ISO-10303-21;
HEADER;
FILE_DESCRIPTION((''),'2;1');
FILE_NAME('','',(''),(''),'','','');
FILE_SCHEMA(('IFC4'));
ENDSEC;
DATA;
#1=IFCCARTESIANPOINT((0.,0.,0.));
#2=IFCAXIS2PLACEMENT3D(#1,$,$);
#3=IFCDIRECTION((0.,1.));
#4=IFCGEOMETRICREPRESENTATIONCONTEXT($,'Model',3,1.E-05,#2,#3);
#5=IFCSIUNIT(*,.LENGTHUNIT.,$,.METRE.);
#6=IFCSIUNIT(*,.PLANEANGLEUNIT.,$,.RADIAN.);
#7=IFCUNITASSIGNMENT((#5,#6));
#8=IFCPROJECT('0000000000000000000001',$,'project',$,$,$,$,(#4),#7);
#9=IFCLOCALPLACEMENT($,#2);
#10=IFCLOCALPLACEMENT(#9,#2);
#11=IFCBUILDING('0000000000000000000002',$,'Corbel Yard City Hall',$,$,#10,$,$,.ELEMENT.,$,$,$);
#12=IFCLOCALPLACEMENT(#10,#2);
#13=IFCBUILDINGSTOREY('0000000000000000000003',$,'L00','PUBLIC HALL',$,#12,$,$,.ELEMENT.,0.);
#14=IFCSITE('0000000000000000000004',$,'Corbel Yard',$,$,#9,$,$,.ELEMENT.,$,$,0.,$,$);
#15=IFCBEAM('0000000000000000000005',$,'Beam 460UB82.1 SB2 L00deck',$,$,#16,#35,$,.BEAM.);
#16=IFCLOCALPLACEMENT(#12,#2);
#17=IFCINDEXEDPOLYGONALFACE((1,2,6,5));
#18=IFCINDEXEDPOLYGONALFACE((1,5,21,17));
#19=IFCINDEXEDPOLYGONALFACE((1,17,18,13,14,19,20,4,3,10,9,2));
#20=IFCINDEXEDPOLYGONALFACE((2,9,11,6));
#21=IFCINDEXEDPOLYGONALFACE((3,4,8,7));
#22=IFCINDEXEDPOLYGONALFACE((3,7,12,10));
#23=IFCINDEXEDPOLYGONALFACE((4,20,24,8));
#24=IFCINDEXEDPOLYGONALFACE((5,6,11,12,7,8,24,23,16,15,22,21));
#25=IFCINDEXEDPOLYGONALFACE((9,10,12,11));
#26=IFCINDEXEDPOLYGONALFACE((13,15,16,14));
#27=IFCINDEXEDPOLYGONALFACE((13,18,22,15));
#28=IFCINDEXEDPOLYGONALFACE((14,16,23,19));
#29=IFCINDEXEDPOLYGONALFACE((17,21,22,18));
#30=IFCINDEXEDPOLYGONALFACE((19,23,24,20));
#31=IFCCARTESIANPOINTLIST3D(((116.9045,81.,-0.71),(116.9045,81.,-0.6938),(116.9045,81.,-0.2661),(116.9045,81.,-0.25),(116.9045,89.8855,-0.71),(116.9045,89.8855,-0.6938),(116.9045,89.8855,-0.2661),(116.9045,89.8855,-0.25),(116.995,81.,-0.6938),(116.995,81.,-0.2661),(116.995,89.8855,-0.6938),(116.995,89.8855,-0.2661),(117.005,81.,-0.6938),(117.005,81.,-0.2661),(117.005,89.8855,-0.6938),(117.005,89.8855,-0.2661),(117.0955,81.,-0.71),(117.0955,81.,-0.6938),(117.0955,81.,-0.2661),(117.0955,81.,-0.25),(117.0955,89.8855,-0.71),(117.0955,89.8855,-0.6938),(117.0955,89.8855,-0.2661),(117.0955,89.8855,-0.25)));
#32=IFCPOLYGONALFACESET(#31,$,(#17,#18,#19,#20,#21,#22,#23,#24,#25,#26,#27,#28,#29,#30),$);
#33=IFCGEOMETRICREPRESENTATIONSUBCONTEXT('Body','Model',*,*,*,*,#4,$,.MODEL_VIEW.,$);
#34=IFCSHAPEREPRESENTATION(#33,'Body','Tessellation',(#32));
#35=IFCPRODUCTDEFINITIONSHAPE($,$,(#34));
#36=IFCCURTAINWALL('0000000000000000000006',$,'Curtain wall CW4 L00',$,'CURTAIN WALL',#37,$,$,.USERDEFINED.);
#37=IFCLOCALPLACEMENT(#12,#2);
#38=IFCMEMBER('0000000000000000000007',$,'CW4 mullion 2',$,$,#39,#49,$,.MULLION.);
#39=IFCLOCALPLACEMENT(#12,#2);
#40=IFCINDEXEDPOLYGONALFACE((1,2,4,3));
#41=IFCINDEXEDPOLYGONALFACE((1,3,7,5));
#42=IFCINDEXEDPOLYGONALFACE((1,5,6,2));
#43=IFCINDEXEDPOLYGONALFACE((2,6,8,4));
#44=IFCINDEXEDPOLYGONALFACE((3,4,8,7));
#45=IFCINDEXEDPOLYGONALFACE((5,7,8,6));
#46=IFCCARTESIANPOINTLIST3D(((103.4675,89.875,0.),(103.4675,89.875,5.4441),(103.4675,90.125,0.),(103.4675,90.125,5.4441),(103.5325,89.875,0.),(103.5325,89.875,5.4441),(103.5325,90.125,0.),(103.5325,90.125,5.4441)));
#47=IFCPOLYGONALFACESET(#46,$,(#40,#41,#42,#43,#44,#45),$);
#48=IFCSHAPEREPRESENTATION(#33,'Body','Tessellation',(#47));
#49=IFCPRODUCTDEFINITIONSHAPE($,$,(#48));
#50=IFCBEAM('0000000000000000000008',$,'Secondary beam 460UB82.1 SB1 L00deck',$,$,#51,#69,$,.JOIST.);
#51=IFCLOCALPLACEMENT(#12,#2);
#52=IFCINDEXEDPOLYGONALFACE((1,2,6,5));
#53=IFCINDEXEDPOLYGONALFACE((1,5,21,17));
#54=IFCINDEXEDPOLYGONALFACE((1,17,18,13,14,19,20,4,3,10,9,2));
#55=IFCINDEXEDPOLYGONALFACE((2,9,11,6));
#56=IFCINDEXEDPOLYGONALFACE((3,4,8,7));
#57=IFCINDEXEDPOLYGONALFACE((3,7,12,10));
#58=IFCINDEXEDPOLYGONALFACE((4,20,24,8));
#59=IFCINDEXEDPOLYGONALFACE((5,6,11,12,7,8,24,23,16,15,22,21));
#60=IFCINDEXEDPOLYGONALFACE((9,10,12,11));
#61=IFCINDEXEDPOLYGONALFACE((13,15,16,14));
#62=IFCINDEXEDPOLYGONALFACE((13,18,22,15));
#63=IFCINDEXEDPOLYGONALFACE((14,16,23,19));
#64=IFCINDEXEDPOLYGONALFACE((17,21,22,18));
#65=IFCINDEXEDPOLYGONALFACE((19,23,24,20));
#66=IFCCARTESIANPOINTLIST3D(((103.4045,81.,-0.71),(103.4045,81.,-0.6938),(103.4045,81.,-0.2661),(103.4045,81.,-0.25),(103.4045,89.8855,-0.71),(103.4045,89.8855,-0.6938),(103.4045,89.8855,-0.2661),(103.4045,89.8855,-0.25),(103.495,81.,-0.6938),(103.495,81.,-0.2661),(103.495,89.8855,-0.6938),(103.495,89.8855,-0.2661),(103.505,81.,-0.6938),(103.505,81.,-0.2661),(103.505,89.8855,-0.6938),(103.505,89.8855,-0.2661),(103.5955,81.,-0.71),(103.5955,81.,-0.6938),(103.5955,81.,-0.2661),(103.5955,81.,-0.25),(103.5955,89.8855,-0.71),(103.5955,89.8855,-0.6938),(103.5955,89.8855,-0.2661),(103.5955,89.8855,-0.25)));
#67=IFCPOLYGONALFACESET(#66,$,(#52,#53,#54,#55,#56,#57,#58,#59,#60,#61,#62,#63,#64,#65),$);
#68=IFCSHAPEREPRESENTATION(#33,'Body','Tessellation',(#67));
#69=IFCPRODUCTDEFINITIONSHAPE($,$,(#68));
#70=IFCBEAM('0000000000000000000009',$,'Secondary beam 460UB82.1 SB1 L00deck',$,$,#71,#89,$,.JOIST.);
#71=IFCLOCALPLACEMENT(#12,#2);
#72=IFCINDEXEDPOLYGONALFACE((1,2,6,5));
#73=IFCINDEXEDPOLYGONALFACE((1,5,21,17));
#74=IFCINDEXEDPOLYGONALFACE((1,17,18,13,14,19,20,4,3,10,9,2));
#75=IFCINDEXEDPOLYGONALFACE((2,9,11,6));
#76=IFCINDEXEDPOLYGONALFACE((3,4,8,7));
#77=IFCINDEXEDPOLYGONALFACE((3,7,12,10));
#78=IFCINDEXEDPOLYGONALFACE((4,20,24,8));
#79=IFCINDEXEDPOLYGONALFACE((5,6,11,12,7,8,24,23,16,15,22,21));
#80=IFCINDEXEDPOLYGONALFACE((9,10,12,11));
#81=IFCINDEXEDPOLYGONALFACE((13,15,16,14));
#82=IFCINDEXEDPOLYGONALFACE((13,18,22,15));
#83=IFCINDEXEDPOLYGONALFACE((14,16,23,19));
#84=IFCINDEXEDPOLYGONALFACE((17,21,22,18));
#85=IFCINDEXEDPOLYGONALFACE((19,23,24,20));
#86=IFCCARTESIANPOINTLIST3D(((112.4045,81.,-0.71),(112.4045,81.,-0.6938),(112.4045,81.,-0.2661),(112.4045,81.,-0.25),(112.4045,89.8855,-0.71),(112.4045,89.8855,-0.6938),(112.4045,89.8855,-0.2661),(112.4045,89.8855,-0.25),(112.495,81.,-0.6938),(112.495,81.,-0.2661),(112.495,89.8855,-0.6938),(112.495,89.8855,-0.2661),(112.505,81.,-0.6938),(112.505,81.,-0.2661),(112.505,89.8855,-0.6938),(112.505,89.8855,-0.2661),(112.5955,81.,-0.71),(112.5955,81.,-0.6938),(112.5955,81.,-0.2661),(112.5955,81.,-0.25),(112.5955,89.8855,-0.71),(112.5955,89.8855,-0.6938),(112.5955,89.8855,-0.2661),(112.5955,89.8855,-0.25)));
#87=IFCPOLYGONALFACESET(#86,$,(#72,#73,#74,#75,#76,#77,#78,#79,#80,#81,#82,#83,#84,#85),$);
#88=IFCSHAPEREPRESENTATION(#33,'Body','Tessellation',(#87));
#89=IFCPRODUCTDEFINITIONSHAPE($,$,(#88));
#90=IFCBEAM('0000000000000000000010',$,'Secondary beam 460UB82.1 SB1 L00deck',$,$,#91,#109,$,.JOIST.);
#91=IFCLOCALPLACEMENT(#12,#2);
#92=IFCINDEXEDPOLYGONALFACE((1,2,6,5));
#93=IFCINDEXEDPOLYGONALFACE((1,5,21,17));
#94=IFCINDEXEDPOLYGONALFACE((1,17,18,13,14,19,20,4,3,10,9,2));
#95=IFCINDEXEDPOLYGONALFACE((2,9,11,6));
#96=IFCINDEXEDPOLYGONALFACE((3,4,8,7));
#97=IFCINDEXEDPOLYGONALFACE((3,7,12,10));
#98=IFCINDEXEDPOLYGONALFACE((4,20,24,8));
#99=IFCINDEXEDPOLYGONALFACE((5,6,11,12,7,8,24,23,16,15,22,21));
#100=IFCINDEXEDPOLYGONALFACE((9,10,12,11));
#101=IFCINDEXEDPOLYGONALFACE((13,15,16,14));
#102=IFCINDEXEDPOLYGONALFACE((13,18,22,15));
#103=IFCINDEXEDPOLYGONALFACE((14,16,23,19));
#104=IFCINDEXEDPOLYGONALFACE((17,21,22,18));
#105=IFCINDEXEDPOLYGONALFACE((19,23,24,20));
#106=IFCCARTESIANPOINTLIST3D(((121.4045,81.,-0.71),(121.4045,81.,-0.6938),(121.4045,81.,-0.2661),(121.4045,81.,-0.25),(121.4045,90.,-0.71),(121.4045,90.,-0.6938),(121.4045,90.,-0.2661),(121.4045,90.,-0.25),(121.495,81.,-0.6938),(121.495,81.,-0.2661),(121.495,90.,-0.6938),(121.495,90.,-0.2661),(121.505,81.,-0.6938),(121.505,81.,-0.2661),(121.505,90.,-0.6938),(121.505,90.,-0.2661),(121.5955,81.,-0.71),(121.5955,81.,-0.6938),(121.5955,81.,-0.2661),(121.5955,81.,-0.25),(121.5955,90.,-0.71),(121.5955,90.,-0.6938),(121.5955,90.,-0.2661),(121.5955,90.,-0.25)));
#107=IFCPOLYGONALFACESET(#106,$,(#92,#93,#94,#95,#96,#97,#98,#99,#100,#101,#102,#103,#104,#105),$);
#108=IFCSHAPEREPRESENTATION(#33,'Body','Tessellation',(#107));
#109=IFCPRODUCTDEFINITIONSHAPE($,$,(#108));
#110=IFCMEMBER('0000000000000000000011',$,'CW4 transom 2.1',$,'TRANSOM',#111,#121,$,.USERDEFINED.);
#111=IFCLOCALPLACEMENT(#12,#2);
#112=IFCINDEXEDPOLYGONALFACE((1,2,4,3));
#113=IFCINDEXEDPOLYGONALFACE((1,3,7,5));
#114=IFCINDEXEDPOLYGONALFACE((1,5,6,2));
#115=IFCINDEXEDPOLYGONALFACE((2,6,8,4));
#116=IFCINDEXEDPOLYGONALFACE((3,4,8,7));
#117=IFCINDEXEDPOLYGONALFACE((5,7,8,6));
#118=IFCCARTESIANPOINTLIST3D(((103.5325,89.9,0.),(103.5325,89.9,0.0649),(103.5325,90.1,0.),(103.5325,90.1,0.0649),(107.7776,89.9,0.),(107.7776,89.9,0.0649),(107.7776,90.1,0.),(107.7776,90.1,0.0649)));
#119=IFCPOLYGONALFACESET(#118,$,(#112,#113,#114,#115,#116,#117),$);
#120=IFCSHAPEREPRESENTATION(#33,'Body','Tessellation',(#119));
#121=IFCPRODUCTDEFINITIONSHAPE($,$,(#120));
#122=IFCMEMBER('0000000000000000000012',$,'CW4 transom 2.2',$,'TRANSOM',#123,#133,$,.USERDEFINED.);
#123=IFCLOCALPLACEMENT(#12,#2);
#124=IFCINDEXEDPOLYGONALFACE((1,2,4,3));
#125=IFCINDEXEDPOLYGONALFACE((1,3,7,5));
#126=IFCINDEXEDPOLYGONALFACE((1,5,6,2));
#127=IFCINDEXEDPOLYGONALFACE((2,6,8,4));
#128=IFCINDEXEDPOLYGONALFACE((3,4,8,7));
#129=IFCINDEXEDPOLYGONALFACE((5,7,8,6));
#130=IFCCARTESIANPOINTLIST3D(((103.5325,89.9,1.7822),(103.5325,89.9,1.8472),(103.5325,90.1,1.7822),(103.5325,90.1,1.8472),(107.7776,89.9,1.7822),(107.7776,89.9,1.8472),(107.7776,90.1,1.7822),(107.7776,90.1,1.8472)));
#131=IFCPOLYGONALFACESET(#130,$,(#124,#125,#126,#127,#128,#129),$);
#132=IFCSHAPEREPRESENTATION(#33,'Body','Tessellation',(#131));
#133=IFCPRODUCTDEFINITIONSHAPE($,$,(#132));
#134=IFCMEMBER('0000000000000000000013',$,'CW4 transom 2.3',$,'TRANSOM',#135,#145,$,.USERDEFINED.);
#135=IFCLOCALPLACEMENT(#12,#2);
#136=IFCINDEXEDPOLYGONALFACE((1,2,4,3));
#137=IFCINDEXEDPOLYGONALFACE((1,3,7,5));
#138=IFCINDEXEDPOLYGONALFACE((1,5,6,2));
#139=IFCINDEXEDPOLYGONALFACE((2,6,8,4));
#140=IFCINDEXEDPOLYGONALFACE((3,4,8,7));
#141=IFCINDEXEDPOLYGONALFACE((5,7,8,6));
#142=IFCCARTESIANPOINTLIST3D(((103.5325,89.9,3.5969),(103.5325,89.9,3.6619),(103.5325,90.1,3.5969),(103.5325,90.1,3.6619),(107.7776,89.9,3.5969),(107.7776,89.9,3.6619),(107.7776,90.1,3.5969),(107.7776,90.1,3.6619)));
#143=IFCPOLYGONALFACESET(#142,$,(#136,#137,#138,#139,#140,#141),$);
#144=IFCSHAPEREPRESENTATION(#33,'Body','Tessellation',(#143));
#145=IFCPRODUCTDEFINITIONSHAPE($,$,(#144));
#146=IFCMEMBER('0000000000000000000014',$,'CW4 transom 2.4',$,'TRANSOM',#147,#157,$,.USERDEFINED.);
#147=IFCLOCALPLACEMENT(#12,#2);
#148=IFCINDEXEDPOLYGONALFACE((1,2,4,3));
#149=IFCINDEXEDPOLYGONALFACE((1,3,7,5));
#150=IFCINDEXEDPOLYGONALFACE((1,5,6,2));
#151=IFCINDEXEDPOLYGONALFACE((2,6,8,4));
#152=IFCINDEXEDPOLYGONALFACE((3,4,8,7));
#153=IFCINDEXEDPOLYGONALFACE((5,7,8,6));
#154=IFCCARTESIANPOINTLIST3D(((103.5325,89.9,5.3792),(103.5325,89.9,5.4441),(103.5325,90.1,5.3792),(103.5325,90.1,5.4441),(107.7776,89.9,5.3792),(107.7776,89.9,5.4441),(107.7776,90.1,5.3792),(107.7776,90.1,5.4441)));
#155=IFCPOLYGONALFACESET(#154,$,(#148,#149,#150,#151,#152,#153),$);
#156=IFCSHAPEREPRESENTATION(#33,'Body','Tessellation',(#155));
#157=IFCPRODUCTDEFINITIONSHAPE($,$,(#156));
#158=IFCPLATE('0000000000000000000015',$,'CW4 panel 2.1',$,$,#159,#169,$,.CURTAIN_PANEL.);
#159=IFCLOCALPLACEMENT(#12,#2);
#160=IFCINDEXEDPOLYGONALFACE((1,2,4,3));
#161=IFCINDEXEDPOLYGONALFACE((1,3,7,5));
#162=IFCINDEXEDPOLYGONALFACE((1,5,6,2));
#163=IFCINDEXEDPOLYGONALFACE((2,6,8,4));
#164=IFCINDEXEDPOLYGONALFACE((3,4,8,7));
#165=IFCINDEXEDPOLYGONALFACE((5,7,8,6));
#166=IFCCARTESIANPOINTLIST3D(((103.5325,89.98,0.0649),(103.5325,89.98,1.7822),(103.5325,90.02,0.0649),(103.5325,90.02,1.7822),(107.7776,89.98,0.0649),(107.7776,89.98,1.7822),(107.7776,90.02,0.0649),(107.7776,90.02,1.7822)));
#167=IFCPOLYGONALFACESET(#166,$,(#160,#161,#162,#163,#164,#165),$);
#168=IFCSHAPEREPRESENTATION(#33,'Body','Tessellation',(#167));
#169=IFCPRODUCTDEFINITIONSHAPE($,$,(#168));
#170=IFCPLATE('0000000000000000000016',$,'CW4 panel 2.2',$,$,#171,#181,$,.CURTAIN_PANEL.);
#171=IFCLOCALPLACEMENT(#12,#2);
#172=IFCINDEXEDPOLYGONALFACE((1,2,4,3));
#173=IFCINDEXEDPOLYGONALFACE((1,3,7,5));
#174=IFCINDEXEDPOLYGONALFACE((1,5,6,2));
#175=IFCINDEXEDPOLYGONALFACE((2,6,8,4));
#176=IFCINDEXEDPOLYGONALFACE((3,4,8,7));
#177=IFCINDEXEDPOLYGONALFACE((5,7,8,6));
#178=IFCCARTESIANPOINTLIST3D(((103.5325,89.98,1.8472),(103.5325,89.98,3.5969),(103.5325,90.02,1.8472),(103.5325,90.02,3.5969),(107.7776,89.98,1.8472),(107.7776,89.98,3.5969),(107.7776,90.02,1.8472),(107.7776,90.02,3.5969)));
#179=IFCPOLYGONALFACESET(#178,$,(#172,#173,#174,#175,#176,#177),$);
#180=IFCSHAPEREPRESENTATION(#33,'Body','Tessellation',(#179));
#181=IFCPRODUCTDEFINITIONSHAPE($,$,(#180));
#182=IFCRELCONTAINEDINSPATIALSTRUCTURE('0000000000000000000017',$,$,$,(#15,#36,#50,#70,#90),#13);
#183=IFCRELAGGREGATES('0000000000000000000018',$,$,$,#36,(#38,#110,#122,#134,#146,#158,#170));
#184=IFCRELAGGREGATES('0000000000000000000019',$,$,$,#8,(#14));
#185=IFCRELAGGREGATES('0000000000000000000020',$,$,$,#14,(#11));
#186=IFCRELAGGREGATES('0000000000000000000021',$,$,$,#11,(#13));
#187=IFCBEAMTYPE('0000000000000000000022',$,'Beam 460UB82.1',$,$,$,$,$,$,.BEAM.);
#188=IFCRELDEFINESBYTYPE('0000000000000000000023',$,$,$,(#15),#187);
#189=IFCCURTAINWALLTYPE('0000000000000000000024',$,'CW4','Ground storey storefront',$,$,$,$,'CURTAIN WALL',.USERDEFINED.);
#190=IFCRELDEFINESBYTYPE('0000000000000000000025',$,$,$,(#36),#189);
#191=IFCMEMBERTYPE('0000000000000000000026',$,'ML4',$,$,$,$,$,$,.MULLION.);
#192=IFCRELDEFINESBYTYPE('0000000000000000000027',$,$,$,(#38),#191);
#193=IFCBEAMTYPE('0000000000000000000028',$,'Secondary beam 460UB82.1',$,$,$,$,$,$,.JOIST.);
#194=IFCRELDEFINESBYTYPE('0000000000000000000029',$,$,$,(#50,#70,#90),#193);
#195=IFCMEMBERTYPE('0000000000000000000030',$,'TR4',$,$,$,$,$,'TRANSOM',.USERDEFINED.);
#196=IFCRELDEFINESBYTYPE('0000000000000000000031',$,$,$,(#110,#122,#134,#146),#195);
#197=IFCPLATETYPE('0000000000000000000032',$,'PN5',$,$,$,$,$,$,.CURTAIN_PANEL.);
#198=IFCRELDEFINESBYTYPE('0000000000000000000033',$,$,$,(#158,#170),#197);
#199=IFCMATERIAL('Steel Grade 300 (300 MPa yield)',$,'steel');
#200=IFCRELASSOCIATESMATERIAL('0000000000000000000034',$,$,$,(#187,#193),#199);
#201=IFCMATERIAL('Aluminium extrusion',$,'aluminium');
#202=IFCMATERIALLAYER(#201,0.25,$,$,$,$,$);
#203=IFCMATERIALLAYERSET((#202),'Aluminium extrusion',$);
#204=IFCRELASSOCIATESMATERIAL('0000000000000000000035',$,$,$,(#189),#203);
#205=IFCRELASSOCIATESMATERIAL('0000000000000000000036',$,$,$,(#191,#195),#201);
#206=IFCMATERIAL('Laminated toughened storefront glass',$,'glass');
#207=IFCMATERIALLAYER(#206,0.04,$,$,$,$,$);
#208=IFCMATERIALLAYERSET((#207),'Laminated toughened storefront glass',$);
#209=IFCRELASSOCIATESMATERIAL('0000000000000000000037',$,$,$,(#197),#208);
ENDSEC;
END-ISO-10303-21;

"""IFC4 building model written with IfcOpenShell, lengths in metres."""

from ifc_helpers import new_model, si_unit, direction, frame, origin, origin_2d, place, context, subcontext, project, spatial, rectangle, i_section, extrude, material, layer, layer_set, material_profile, profile_set, type_object, element, aggregate, save


model = new_model("IFC4")

# Units and contexts
model_context = context("Model", 3, precision=1e-05, world=origin(), true_north=direction((0.0, 1.0)))
body_context = subcontext(model_context, "Body", "Model", "MODEL_VIEW")
ifc_project = project(units=[si_unit("LENGTHUNIT", "METRE"), si_unit("PLANEANGLEUNIT", "RADIAN")], contexts=[model_context])

# Site, building, storey
site_placement = place(None, origin())
site = spatial("IfcSite", under=ifc_project, at=site_placement, Name="Corbel Yard", CompositionType="ELEMENT", RefElevation=0.0)
building_placement = place(site_placement, origin())
building = spatial("IfcBuilding", under=site, at=building_placement, Name="Corbel Yard City Hall", CompositionType="ELEMENT")
storey_placement = place(building_placement, origin())
storey = spatial("IfcBuildingStorey", under=building, at=storey_placement, Name="L00", Description="PUBLIC HALL", CompositionType="ELEMENT", Elevation=0.0)

# Beam
ifc_material_1 = material(Name="Steel Grade 300 (300 MPa yield)", Category="steel")
ifc_material_profile_1 = material_profile(ifc_material_1, i_section(OverallWidth=0.1909, OverallDepth=0.46, WebThickness=0.01, FlangeThickness=0.0161, at=origin_2d()), Name="460UB82.1")
ifc_profile_set_1 = profile_set([ifc_material_profile_1], Name="Steel Grade 300 (300 MPa yield)")
beam_type_1 = type_object("IfcBeamType", Name="Beam 460UB82.1", PredefinedType="BEAM", material=ifc_profile_set_1)
beam_1_placement = place(storey_placement, frame((117.0, 81.0, -0.48), z_axis=(0.0, 1.0, 0.0), x_axis=(-1.0, 0.0, 0.0)))
element("IfcBeam", 1, at=beam_1_placement, inside=storey, type_object=beam_type_1, Name="Beam 460UB82.1 SB2 L00deck", PredefinedType="BEAM", context=body_context, shape_type="SweptSolid", body=[
    extrude(i_section(OverallWidth=0.1909, OverallDepth=0.46, WebThickness=0.01, FlangeThickness=0.0161, at=origin_2d()), origin(), (0.0, 0.0, 1.0), 8.8855),
])

# Curtain wall, member
ifc_material_2 = material(Name="Aluminium extrusion", Category="aluminium")
ifc_layer_1 = layer(ifc_material_2, 0.25)
ifc_layer_set_1 = layer_set([ifc_layer_1], Name="Aluminium extrusion")
curtain_wall_type = type_object("IfcCurtainWallType", Name="CW4", Description="Ground storey storefront", ElementType="CURTAIN WALL", PredefinedType="USERDEFINED", material=ifc_layer_set_1)
curtain_wall_placement = place(storey_placement, origin())
curtain_wall = element("IfcCurtainWall", 2, at=curtain_wall_placement, inside=storey, type_object=curtain_wall_type, Name="Curtain wall CW4 L00", ObjectType="CURTAIN WALL", PredefinedType="USERDEFINED")
ifc_material_profile_2 = material_profile(ifc_material_2, rectangle(XDim=0.25, YDim=0.0649, at=origin_2d()), Name="250x65")
ifc_profile_set_2 = profile_set([ifc_material_profile_2], Name="Aluminium extrusion")
member_type_1 = type_object("IfcMemberType", Name="ML4", PredefinedType="MULLION", material=ifc_profile_set_2)
member_1_placement = place(storey_placement, frame((103.5, 90.0, 0.0), z_axis=(0.0, 0.0, 1.0), x_axis=(0.0, 1.0, 0.0)))
member_1 = element("IfcMember", 3, at=member_1_placement, type_object=member_type_1, Name="CW4 mullion 2", PredefinedType="MULLION", context=body_context, shape_type="SweptSolid", body=[
    extrude(rectangle(XDim=0.25, YDim=0.0649, at=origin_2d()), origin(), (0.0, 0.0, 1.0), 5.4441),
])

# Beams
ifc_material_profile_3 = material_profile(ifc_material_1, i_section(OverallWidth=0.1909, OverallDepth=0.46, WebThickness=0.01, FlangeThickness=0.0161, at=origin_2d()), Name="460UB82.1")
ifc_profile_set_3 = profile_set([ifc_material_profile_3], Name="Steel Grade 300 (300 MPa yield)")
beam_type_2 = type_object("IfcBeamType", Name="Secondary beam 460UB82.1", PredefinedType="JOIST", material=ifc_profile_set_3)
for number, where, z_axis, x_axis, name in (
    (4, (103.5, 81.0, -0.48), (0.0, 1.0, 0.0), (-1.0, 0.0, 0.0), "Secondary beam 460UB82.1 SB1 L00deck"),
    (5, (112.5, 81.0, -0.48), (0.0, 1.0, 0.0), (-1.0, 0.0, 0.0), "Secondary beam 460UB82.1 SB1 L00deck"),
):
    element("IfcBeam", number, at=place(storey_placement, frame(where, z_axis=z_axis, x_axis=x_axis)), inside=storey, type_object=beam_type_2, Name=name, PredefinedType="JOIST", context=body_context, shape_type="SweptSolid", body=[
        extrude(i_section(OverallWidth=0.1909, OverallDepth=0.46, WebThickness=0.01, FlangeThickness=0.0161, at=origin_2d()), origin(), (0.0, 0.0, 1.0), 8.8855),
    ])
beam_2_placement = place(storey_placement, frame((121.5, 81.0, -0.48), z_axis=(0.0, 1.0, 0.0), x_axis=(-1.0, 0.0, 0.0)))
element("IfcBeam", 6, at=beam_2_placement, inside=storey, type_object=beam_type_2, Name="Secondary beam 460UB82.1 SB1 L00deck", PredefinedType="JOIST", context=body_context, shape_type="SweptSolid", body=[
    extrude(i_section(OverallWidth=0.1909, OverallDepth=0.46, WebThickness=0.01, FlangeThickness=0.0161, at=origin_2d()), origin(), (0.0, 0.0, 1.0), 9.0),
])

# Members
ifc_material_profile_4 = material_profile(ifc_material_2, rectangle(XDim=0.2, YDim=0.0649, at=origin_2d()), Name="200x65")
ifc_profile_set_4 = profile_set([ifc_material_profile_4], Name="Aluminium extrusion")
member_type_2 = type_object("IfcMemberType", Name="TR4", ElementType="TRANSOM", PredefinedType="USERDEFINED", material=ifc_profile_set_4)
member_2_placement = place(storey_placement, frame((103.5325, 90.0, 0.0325), z_axis=(1.0, 0.0, 0.0), x_axis=(0.0, 1.0, 0.0)))
member_2 = element("IfcMember", 7, at=member_2_placement, type_object=member_type_2, Name="CW4 transom 2.1", ObjectType="TRANSOM", PredefinedType="USERDEFINED", context=body_context, shape_type="SweptSolid", body=[
    extrude(rectangle(XDim=0.2, YDim=0.0649, at=origin_2d()), origin(), (0.0, 0.0, 1.0), 4.2451),
])
member_3_placement = place(storey_placement, frame((103.5325, 90.0, 1.8147), z_axis=(1.0, 0.0, 0.0), x_axis=(0.0, 1.0, 0.0)))
member_3 = element("IfcMember", 8, at=member_3_placement, type_object=member_type_2, Name="CW4 transom 2.2", ObjectType="TRANSOM", PredefinedType="USERDEFINED", context=body_context, shape_type="SweptSolid", body=[
    extrude(rectangle(XDim=0.2, YDim=0.0649, at=origin_2d()), origin(), (0.0, 0.0, 1.0), 4.2451),
])
member_4_placement = place(storey_placement, frame((103.5325, 90.0, 3.6294), z_axis=(1.0, 0.0, 0.0), x_axis=(0.0, 1.0, 0.0)))
member_4 = element("IfcMember", 9, at=member_4_placement, type_object=member_type_2, Name="CW4 transom 2.3", ObjectType="TRANSOM", PredefinedType="USERDEFINED", context=body_context, shape_type="SweptSolid", body=[
    extrude(rectangle(XDim=0.2, YDim=0.0649, at=origin_2d()), origin(), (0.0, 0.0, 1.0), 4.2451),
])
member_5_placement = place(storey_placement, frame((103.5325, 90.0, 5.4116), z_axis=(1.0, 0.0, 0.0), x_axis=(0.0, 1.0, 0.0)))
member_5 = element("IfcMember", 10, at=member_5_placement, type_object=member_type_2, Name="CW4 transom 2.4", ObjectType="TRANSOM", PredefinedType="USERDEFINED", context=body_context, shape_type="SweptSolid", body=[
    extrude(rectangle(XDim=0.2, YDim=0.0649, at=origin_2d()), origin(), (0.0, 0.0, 1.0), 4.2451),
])

# Plates
ifc_material_3 = material(Name="Laminated toughened storefront glass", Category="glass")
ifc_layer_2 = layer(ifc_material_3, 0.04)
ifc_layer_set_2 = layer_set([ifc_layer_2], Name="Laminated toughened storefront glass")
plate_type = type_object("IfcPlateType", Name="PN5", PredefinedType="CURTAIN_PANEL", material=ifc_layer_set_2)
plate_1_placement = place(storey_placement, frame((105.655, 90.0, 0.0649), z_axis=(0.0, 0.0, 1.0), x_axis=(1.0, 0.0, 0.0)))
plate_1 = element("IfcPlate", 11, at=plate_1_placement, type_object=plate_type, Name="CW4 panel 2.1", PredefinedType="CURTAIN_PANEL", context=body_context, shape_type="SweptSolid", body=[
    extrude(rectangle(XDim=4.2451, YDim=0.04, at=origin_2d()), origin(), (0.0, 0.0, 1.0), 1.7173),
])
plate_2_placement = place(storey_placement, frame((105.655, 90.0, 1.8472), z_axis=(0.0, 0.0, 1.0), x_axis=(1.0, 0.0, 0.0)))
plate_2 = element("IfcPlate", 12, at=plate_2_placement, type_object=plate_type, Name="CW4 panel 2.2", PredefinedType="CURTAIN_PANEL", context=body_context, shape_type="SweptSolid", body=[
    extrude(rectangle(XDim=4.2451, YDim=0.04, at=origin_2d()), origin(), (0.0, 0.0, 1.0), 1.7498),
])
aggregate(curtain_wall, [member_1, member_2, member_3, member_4, member_5, plate_1, plate_2])

save(model, "model.ifc")
